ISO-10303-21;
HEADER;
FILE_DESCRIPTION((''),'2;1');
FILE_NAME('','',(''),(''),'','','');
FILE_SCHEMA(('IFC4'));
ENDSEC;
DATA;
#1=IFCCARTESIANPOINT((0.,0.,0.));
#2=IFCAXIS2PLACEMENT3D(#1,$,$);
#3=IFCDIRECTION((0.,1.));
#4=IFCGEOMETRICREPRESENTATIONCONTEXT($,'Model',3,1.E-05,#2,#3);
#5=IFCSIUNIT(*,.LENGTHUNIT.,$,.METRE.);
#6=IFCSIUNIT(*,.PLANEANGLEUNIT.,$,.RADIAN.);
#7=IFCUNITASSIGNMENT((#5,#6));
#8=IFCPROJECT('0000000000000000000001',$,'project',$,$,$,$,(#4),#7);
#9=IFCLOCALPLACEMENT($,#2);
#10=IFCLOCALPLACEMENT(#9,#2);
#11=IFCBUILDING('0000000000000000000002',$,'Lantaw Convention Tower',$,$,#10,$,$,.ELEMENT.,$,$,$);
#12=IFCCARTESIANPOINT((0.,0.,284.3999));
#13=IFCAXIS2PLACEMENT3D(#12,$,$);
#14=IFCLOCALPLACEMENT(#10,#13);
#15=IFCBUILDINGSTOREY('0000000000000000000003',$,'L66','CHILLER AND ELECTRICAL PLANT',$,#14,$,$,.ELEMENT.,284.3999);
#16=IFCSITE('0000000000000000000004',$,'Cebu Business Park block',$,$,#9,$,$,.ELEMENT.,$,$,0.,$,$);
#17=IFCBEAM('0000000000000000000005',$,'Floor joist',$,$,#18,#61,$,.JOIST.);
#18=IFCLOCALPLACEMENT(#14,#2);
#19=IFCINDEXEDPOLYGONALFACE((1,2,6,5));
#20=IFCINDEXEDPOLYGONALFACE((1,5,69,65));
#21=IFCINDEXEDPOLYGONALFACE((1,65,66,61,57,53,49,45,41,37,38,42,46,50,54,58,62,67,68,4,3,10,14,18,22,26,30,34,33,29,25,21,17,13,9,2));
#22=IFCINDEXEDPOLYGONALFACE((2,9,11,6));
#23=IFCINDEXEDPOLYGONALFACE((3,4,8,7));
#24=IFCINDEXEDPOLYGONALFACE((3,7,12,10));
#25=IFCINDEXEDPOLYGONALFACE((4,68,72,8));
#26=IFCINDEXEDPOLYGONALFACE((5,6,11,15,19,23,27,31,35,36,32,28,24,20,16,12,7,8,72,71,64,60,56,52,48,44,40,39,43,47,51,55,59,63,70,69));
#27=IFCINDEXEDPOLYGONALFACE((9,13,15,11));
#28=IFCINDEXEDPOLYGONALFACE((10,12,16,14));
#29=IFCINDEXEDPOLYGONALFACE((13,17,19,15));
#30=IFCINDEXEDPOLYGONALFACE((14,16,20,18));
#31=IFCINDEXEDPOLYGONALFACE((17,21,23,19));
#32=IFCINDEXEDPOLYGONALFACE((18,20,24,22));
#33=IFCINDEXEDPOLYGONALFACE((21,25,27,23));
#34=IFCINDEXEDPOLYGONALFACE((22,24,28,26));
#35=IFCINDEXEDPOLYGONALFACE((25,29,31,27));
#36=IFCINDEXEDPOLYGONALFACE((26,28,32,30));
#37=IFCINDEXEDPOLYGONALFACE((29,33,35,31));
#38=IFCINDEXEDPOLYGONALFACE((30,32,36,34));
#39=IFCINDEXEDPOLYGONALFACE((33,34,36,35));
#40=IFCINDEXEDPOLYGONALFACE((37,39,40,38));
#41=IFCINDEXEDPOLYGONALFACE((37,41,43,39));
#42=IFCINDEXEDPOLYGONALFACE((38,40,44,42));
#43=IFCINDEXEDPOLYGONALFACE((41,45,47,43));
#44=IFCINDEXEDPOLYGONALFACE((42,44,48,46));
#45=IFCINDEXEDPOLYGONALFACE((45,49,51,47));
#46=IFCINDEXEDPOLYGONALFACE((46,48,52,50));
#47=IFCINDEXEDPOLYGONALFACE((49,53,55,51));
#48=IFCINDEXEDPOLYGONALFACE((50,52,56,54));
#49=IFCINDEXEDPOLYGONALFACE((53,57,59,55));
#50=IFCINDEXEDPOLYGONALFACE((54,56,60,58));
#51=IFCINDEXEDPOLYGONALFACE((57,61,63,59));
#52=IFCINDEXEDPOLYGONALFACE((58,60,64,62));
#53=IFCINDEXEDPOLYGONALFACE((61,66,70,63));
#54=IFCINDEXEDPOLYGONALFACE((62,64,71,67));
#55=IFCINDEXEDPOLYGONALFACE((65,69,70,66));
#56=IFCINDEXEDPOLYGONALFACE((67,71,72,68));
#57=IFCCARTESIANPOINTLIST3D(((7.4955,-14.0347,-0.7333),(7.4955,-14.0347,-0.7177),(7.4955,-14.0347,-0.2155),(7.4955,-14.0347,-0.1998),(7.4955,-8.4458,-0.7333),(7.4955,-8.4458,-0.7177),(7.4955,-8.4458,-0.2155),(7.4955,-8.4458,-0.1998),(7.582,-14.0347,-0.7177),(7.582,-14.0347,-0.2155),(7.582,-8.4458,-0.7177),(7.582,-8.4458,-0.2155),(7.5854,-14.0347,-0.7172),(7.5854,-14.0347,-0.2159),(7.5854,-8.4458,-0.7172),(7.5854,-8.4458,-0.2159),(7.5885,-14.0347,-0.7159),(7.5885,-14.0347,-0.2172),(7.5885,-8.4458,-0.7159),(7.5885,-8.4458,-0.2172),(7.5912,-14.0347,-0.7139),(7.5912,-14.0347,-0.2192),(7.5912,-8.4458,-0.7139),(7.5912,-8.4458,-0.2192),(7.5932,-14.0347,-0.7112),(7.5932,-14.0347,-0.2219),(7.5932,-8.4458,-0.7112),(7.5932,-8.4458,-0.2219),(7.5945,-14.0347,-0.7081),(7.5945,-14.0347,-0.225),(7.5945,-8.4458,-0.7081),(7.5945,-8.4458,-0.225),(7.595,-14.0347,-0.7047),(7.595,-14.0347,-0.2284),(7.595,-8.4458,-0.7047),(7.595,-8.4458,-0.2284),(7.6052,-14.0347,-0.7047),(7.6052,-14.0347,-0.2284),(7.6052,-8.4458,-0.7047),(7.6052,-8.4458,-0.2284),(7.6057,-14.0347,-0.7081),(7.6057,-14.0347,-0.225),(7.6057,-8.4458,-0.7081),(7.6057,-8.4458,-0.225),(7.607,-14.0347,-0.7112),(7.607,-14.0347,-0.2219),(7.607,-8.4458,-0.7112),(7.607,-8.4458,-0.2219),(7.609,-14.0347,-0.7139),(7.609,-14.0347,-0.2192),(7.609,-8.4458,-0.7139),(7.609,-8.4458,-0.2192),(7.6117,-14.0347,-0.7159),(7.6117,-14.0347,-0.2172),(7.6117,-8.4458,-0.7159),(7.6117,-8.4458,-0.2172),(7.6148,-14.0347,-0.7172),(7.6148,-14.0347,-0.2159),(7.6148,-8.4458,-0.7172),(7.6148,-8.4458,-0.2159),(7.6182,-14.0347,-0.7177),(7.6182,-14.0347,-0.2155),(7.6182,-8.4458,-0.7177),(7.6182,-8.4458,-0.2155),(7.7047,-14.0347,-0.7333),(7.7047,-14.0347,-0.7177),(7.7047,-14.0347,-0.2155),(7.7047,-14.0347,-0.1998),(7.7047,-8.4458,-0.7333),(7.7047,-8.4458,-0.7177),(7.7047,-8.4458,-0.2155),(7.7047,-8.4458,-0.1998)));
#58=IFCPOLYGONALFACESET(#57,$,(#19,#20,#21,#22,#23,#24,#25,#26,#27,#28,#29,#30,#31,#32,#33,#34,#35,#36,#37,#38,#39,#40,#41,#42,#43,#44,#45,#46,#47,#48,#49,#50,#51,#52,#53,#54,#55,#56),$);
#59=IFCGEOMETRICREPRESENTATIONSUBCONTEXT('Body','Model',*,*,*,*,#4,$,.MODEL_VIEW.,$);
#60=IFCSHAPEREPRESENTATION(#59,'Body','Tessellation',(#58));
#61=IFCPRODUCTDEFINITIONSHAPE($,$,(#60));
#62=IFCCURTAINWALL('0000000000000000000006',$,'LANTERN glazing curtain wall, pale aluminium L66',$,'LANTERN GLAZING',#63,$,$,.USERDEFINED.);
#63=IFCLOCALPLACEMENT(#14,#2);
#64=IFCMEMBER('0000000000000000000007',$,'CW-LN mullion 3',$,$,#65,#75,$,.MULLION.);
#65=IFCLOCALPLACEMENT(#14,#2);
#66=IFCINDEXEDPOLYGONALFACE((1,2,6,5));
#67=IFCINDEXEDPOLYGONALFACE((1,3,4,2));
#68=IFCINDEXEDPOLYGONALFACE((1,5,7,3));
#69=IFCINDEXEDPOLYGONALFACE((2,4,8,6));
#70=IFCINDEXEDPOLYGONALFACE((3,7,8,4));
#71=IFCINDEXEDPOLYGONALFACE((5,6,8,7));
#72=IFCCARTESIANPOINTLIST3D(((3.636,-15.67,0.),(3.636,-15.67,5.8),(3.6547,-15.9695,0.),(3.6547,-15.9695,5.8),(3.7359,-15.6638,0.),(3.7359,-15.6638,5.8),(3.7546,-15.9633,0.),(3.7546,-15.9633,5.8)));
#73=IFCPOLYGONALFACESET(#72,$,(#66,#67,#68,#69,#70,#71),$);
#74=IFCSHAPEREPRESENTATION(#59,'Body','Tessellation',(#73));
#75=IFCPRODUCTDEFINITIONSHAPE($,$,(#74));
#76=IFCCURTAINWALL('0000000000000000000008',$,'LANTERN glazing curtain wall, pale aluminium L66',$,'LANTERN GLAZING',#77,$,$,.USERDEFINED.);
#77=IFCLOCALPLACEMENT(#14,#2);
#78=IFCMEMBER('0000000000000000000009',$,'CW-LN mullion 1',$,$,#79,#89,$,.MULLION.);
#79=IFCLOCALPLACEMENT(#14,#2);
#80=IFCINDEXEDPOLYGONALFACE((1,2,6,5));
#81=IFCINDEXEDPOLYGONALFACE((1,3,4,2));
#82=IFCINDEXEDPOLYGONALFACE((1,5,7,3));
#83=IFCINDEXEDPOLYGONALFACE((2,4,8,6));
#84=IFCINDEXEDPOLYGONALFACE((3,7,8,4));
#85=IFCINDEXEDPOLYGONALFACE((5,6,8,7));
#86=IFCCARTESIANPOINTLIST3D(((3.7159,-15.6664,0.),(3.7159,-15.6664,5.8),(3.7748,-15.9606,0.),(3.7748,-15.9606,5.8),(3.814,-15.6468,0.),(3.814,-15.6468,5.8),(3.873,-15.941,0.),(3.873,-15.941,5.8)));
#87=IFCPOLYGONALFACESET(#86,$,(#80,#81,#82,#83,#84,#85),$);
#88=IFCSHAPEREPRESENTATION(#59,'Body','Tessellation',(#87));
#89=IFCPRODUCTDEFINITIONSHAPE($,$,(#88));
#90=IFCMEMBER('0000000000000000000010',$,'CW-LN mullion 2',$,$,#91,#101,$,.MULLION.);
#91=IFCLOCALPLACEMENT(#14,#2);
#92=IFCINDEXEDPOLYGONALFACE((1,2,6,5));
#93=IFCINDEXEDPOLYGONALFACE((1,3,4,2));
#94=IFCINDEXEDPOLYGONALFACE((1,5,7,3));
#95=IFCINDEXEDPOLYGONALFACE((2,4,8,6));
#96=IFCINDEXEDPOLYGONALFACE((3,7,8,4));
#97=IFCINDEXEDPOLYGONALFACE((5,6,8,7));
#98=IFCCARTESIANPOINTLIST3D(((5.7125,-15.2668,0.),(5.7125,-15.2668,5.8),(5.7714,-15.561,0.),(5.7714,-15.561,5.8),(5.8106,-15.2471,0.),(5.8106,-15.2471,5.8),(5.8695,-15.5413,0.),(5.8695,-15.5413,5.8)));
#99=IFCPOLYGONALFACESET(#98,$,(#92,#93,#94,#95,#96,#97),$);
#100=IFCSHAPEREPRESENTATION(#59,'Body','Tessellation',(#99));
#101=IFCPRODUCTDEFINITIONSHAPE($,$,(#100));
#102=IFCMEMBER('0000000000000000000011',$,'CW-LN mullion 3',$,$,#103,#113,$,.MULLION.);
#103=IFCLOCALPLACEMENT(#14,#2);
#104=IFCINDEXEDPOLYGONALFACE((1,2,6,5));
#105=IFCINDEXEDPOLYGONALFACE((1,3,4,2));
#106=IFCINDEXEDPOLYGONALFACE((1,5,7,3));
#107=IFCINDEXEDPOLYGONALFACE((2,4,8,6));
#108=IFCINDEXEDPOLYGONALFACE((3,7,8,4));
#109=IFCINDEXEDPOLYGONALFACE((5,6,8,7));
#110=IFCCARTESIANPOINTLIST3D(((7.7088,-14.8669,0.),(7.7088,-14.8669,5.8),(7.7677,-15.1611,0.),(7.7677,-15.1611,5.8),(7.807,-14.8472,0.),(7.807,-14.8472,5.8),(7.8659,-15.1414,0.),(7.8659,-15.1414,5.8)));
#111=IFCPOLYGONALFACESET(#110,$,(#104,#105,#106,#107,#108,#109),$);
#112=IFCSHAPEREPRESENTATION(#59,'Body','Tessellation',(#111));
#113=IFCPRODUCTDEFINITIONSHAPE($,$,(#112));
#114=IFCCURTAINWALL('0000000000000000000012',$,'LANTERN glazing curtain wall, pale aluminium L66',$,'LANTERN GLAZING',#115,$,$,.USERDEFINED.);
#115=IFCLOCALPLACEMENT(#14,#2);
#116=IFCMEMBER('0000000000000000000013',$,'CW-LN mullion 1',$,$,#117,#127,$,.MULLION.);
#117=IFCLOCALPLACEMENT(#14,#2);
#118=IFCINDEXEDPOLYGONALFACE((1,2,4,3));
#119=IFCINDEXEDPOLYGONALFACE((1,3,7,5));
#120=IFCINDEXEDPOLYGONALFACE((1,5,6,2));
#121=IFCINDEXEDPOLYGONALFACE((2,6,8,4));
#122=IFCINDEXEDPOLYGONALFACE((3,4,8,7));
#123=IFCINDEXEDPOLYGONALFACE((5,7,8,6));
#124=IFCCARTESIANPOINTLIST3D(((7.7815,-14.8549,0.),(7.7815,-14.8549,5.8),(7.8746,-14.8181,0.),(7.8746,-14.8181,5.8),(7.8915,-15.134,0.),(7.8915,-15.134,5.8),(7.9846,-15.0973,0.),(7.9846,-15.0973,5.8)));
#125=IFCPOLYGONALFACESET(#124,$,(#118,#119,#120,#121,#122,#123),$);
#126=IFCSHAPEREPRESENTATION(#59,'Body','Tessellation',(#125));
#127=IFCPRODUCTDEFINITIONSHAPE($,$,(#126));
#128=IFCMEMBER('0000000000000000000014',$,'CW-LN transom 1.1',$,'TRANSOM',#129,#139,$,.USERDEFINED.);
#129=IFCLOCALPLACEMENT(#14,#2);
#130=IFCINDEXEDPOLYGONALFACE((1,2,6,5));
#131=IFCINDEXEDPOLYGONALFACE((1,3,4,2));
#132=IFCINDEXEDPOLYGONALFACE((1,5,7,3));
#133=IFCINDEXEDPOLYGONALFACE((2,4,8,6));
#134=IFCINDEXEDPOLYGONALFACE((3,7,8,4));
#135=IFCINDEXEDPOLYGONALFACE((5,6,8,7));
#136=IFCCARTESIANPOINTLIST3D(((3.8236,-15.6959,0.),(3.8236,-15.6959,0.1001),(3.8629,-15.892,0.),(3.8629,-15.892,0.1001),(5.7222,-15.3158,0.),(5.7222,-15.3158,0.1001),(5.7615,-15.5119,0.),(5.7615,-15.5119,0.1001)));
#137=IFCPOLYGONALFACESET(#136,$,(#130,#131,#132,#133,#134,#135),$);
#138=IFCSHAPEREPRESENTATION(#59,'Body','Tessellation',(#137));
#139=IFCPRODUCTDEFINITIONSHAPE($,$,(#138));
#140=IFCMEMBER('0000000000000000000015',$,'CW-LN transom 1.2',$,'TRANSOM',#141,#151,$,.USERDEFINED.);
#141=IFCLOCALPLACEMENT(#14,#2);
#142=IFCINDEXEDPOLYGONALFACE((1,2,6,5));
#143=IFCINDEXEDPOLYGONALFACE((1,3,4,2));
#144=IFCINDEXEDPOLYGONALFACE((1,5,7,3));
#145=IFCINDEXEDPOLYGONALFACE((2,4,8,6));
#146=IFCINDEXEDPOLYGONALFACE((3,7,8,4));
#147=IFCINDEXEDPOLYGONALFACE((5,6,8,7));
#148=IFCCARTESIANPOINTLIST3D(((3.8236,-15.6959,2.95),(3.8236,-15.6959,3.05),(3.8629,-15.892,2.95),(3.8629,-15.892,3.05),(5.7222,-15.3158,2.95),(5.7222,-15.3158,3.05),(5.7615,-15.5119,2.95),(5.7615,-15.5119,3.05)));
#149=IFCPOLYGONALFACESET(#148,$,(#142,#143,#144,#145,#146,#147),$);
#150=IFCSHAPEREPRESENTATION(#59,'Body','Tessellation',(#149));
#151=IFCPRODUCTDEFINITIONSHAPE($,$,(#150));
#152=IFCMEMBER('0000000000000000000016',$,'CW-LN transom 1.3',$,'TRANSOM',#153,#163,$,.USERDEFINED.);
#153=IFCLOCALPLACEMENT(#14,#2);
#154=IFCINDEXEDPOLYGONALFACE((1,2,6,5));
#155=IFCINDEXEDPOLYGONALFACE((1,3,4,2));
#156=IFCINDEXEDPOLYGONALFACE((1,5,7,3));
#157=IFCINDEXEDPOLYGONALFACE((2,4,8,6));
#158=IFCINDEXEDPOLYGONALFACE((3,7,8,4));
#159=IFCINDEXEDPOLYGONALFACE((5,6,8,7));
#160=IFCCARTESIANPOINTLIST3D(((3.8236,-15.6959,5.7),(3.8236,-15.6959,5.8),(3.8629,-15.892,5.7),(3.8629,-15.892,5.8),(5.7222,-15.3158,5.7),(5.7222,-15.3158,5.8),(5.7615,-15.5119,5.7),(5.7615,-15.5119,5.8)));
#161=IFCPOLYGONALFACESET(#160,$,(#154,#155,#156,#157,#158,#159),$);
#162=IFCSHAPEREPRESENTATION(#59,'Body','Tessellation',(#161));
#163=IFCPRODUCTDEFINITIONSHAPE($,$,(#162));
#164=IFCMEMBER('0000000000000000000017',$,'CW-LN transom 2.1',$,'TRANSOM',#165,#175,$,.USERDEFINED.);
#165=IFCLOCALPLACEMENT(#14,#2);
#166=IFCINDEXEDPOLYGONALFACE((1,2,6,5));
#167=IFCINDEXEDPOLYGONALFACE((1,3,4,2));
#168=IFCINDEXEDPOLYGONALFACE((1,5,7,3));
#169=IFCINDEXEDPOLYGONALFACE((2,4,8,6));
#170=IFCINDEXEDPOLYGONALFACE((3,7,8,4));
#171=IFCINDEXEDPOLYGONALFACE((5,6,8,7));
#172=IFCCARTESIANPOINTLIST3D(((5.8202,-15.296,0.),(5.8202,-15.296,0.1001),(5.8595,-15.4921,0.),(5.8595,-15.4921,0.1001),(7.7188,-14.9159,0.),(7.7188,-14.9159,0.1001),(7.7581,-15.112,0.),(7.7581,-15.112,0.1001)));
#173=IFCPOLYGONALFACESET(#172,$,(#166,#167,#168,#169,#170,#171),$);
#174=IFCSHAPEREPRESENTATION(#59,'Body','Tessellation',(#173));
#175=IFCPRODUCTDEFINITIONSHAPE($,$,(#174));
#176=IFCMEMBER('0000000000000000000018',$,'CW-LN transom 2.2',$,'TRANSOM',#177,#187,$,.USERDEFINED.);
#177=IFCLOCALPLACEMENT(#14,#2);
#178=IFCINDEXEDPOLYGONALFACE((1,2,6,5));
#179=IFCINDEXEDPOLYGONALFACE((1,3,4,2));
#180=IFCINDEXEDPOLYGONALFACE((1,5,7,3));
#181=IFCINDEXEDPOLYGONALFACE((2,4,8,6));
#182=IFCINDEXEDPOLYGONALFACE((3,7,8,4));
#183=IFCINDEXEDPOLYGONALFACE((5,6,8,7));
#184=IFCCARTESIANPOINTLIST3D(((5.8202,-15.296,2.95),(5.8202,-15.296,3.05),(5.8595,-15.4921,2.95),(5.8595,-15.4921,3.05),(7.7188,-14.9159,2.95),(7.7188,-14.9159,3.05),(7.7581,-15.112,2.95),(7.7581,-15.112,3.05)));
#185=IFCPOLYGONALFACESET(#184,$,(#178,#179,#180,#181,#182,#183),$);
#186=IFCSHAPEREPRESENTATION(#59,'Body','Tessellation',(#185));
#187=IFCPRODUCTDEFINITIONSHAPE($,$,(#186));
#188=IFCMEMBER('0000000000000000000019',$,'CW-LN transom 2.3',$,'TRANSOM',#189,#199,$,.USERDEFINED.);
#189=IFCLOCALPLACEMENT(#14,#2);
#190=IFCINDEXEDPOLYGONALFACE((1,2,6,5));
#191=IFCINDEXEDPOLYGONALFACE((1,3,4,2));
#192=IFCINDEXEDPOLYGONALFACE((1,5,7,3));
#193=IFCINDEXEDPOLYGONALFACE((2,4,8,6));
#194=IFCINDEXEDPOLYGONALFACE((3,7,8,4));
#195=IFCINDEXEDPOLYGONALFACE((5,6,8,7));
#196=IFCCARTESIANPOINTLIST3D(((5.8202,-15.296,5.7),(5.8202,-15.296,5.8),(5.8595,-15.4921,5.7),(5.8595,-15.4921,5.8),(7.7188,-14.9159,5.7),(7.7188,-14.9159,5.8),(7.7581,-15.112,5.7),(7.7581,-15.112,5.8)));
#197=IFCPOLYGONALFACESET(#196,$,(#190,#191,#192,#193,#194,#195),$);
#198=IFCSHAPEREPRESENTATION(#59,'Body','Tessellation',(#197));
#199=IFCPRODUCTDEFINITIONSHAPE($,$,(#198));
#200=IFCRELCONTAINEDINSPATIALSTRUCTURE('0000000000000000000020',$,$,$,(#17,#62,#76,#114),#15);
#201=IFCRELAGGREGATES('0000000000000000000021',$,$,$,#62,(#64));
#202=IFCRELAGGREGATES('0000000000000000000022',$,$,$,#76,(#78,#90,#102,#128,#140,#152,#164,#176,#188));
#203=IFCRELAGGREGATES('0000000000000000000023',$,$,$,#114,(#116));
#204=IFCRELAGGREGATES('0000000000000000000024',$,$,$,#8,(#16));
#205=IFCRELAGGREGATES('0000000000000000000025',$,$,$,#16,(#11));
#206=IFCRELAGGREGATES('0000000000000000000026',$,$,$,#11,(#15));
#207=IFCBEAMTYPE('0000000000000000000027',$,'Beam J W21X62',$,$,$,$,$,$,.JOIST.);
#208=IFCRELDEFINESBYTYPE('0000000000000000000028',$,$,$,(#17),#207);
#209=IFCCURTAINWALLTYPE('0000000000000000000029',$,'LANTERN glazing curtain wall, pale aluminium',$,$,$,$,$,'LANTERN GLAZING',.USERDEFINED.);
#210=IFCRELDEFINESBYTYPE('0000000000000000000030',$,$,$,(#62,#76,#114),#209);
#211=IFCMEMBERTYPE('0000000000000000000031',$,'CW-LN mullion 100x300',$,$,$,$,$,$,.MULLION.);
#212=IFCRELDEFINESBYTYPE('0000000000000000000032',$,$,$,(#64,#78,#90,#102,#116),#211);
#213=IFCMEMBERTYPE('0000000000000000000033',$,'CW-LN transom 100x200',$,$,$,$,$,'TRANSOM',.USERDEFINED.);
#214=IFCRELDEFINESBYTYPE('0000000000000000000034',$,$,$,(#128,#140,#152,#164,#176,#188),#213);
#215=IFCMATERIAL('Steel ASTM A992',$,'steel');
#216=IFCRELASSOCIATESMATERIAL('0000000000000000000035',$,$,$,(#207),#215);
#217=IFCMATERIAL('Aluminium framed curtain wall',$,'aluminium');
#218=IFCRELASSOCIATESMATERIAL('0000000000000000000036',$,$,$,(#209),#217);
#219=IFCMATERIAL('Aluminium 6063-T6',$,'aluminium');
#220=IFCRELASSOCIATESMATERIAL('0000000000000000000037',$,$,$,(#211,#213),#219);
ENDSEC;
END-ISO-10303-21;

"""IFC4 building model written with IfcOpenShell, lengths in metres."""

from ifc_helpers import new_model, si_unit, direction, frame, origin, origin_2d, place, context, subcontext, project, spatial, rectangle, i_section, extrude, material, material_profile, profile_set, type_object, element, aggregate, save


model = new_model("IFC4")

# Units and contexts
model_context = context("Model", 3, precision=1e-05, world=origin(), true_north=direction((0.0, 1.0)))
body_context = subcontext(model_context, "Body", "Model", "MODEL_VIEW")
ifc_project = project(units=[si_unit("LENGTHUNIT", "METRE"), si_unit("PLANEANGLEUNIT", "RADIAN")], contexts=[model_context])

# Site, building, storey
site_placement = place(None, origin())
site = spatial("IfcSite", under=ifc_project, at=site_placement, Name="Cebu Business Park block", CompositionType="ELEMENT", RefElevation=0.0)
building_placement = place(site_placement, origin())
building = spatial("IfcBuilding", under=site, at=building_placement, Name="Lantaw Convention Tower", CompositionType="ELEMENT")
storey_placement = place(building_placement, frame((0.0, 0.0, 284.3999)))
storey = spatial("IfcBuildingStorey", under=building, at=storey_placement, Name="L66", Description="CHILLER AND ELECTRICAL PLANT", CompositionType="ELEMENT", Elevation=284.3999)

# Beam
ifc_material_1 = material(Name="Steel ASTM A992", Category="steel")
ifc_material_profile_1 = material_profile(ifc_material_1, i_section(OverallWidth=0.2092, OverallDepth=0.5334, WebThickness=0.0103, FlangeThickness=0.0156, FilletRadius=0.0129, at=origin_2d()), Name="W21X62")
ifc_profile_set_1 = profile_set([ifc_material_profile_1], Name="Steel ASTM A992")
beam_type = type_object("IfcBeamType", Name="Beam J W21X62", PredefinedType="JOIST", material=ifc_profile_set_1)
beam_placement = place(storey_placement, frame((7.6001, -14.0347, -0.4666), z_axis=(0.0, 1.0, 0.0), x_axis=(-1.0, 0.0, 0.0)))
element("IfcBeam", 1, at=beam_placement, inside=storey, type_object=beam_type, Name="Floor joist", PredefinedType="JOIST", context=body_context, shape_type="SweptSolid", body=[
    extrude(i_section(OverallWidth=0.2092, OverallDepth=0.5334, WebThickness=0.0103, FlangeThickness=0.0156, FilletRadius=0.0129, at=origin_2d()), origin(), (0.0, 0.0, 1.0), 5.5889),
])

# Curtain wall, member
ifc_material_2 = material(Name="Aluminium framed curtain wall", Category="aluminium")
curtain_wall_type = type_object("IfcCurtainWallType", Name="LANTERN glazing curtain wall, pale aluminium", ElementType="LANTERN GLAZING", PredefinedType="USERDEFINED", material=ifc_material_2)
curtain_wall_1_placement = place(storey_placement, origin())
curtain_wall_1 = element("IfcCurtainWall", 2, at=curtain_wall_1_placement, inside=storey, type_object=curtain_wall_type, Name="LANTERN glazing curtain wall, pale aluminium L66", ObjectType="LANTERN GLAZING", PredefinedType="USERDEFINED")
ifc_material_3 = material(Name="Aluminium 6063-T6", Category="aluminium")
ifc_material_profile_2 = material_profile(ifc_material_3, rectangle(XDim=0.3, YDim=0.1001, at=origin_2d()), Name="CW-LN mullion 100x300")
ifc_profile_set_2 = profile_set([ifc_material_profile_2], Name="Aluminium 6063-T6")
member_type_1 = type_object("IfcMemberType", Name="CW-LN mullion 100x300", PredefinedType="MULLION", material=ifc_profile_set_2)
member_1_placement = place(storey_placement, frame((3.6953, -15.8167, 0.0), z_axis=(0.0, 0.0, 1.0), x_axis=(-0.062489, 0.998046, 0.0)))
member_1 = element("IfcMember", 3, at=member_1_placement, type_object=member_type_1, Name="CW-LN mullion 3", PredefinedType="MULLION", context=body_context, shape_type="SweptSolid", body=[
    extrude(rectangle(XDim=0.3, YDim=0.1001, at=origin_2d()), origin(), (0.0, 0.0, 1.0), 5.8),
])

# Curtain wall, members
curtain_wall_2_placement = place(storey_placement, origin())
curtain_wall_2 = element("IfcCurtainWall", 4, at=curtain_wall_2_placement, inside=storey, type_object=curtain_wall_type, Name="LANTERN glazing curtain wall, pale aluminium L66", ObjectType="LANTERN GLAZING", PredefinedType="USERDEFINED")
member_2_placement = place(storey_placement, frame((3.7944, -15.8037, 0.0), z_axis=(0.0, 0.0, 1.0), x_axis=(-0.196367, 0.98053, 0.0)))
member_2 = element("IfcMember", 5, at=member_2_placement, type_object=member_type_1, Name="CW-LN mullion 1", PredefinedType="MULLION", context=body_context, shape_type="SweptSolid", body=[
    extrude(rectangle(XDim=0.3, YDim=0.1001, at=origin_2d()), origin(), (0.0, 0.0, 1.0), 5.8),
])
member_3_placement = place(storey_placement, frame((5.791, -15.4041, 0.0), z_axis=(0.0, 0.0, 1.0), x_axis=(-0.196367, 0.98053, 0.0)))
member_3 = element("IfcMember", 6, at=member_3_placement, type_object=member_type_1, Name="CW-LN mullion 2", PredefinedType="MULLION", context=body_context, shape_type="SweptSolid", body=[
    extrude(rectangle(XDim=0.3, YDim=0.1001, at=origin_2d()), origin(), (0.0, 0.0, 1.0), 5.8),
])
member_4_placement = place(storey_placement, frame((7.7874, -15.0042, 0.0), z_axis=(0.0, 0.0, 1.0), x_axis=(-0.196367, 0.98053, 0.0)))
member_4 = element("IfcMember", 7, at=member_4_placement, type_object=member_type_1, Name="CW-LN mullion 3", PredefinedType="MULLION", context=body_context, shape_type="SweptSolid", body=[
    extrude(rectangle(XDim=0.3, YDim=0.1001, at=origin_2d()), origin(), (0.0, 0.0, 1.0), 5.8),
])

# Curtain wall, member
curtain_wall_3_placement = place(storey_placement, origin())
curtain_wall_3 = element("IfcCurtainWall", 8, at=curtain_wall_3_placement, inside=storey, type_object=curtain_wall_type, Name="LANTERN glazing curtain wall, pale aluminium L66", ObjectType="LANTERN GLAZING", PredefinedType="USERDEFINED")
member_5_placement = place(storey_placement, frame((7.8831, -14.9761, 0.0), z_axis=(0.0, 0.0, 1.0), x_axis=(-0.366802, 0.930299, 0.0)))
member_5 = element("IfcMember", 9, at=member_5_placement, type_object=member_type_1, Name="CW-LN mullion 1", PredefinedType="MULLION", context=body_context, shape_type="SweptSolid", body=[
    extrude(rectangle(XDim=0.3, YDim=0.1001, at=origin_2d()), origin(), (0.0, 0.0, 1.0), 5.8),
])

# Members
ifc_material_profile_3 = material_profile(ifc_material_3, rectangle(XDim=0.2, YDim=0.1001, at=origin_2d()), Name="CW-LN transom 100x200")
ifc_profile_set_3 = profile_set([ifc_material_profile_3], Name="Aluminium 6063-T6")
member_type_2 = type_object("IfcMemberType", Name="CW-LN transom 100x200", ElementType="TRANSOM", PredefinedType="USERDEFINED", material=ifc_profile_set_3)
member_6_placement = place(storey_placement, frame((3.8433, -15.7939, 0.05), z_axis=(0.980542, 0.19631, 0.0), x_axis=(-0.19631, 0.980542, 0.0)))
member_6 = element("IfcMember", 10, at=member_6_placement, type_object=member_type_2, Name="CW-LN transom 1.1", ObjectType="TRANSOM", PredefinedType="USERDEFINED", context=body_context, shape_type="SweptSolid", body=[
    extrude(rectangle(XDim=0.2, YDim=0.1001, at=origin_2d()), origin(), (0.0, 0.0, 1.0), 1.9363),
])
member_7_placement = place(storey_placement, frame((3.8433, -15.7939, 3.0), z_axis=(0.980542, 0.19631, 0.0), x_axis=(-0.19631, 0.980542, 0.0)))
member_7 = element("IfcMember", 11, at=member_7_placement, type_object=member_type_2, Name="CW-LN transom 1.2", ObjectType="TRANSOM", PredefinedType="USERDEFINED", context=body_context, shape_type="SweptSolid", body=[
    extrude(rectangle(XDim=0.2, YDim=0.1001, at=origin_2d()), origin(), (0.0, 0.0, 1.0), 1.9363),
])
member_8_placement = place(storey_placement, frame((3.8433, -15.7939, 5.75), z_axis=(0.980542, 0.19631, 0.0), x_axis=(-0.19631, 0.980542, 0.0)))
member_8 = element("IfcMember", 12, at=member_8_placement, type_object=member_type_2, Name="CW-LN transom 1.3", ObjectType="TRANSOM", PredefinedType="USERDEFINED", context=body_context, shape_type="SweptSolid", body=[
    extrude(rectangle(XDim=0.2, YDim=0.1001, at=origin_2d()), origin(), (0.0, 0.0, 1.0), 1.9363),
])
member_9_placement = place(storey_placement, frame((5.8398, -15.394, 0.05), z_axis=(0.980542, 0.19631, 0.0), x_axis=(-0.19631, 0.980542, 0.0)))
member_9 = element("IfcMember", 13, at=member_9_placement, type_object=member_type_2, Name="CW-LN transom 2.1", ObjectType="TRANSOM", PredefinedType="USERDEFINED", context=body_context, shape_type="SweptSolid", body=[
    extrude(rectangle(XDim=0.2, YDim=0.1001, at=origin_2d()), origin(), (0.0, 0.0, 1.0), 1.9363),
])
member_10_placement = place(storey_placement, frame((5.8398, -15.394, 3.0), z_axis=(0.980542, 0.19631, 0.0), x_axis=(-0.19631, 0.980542, 0.0)))
member_10 = element("IfcMember", 14, at=member_10_placement, type_object=member_type_2, Name="CW-LN transom 2.2", ObjectType="TRANSOM", PredefinedType="USERDEFINED", context=body_context, shape_type="SweptSolid", body=[
    extrude(rectangle(XDim=0.2, YDim=0.1001, at=origin_2d()), origin(), (0.0, 0.0, 1.0), 1.9363),
])
member_11_placement = place(storey_placement, frame((5.8398, -15.394, 5.75), z_axis=(0.980542, 0.19631, 0.0), x_axis=(-0.19631, 0.980542, 0.0)))
member_11 = element("IfcMember", 15, at=member_11_placement, type_object=member_type_2, Name="CW-LN transom 2.3", ObjectType="TRANSOM", PredefinedType="USERDEFINED", context=body_context, shape_type="SweptSolid", body=[
    extrude(rectangle(XDim=0.2, YDim=0.1001, at=origin_2d()), origin(), (0.0, 0.0, 1.0), 1.9363),
])

aggregate(curtain_wall_1, [member_1])
aggregate(curtain_wall_2, [member_2, member_3, member_4, member_6, member_7, member_8, member_9, member_10, member_11])
aggregate(curtain_wall_3, [member_5])

save(model, "model.ifc")
